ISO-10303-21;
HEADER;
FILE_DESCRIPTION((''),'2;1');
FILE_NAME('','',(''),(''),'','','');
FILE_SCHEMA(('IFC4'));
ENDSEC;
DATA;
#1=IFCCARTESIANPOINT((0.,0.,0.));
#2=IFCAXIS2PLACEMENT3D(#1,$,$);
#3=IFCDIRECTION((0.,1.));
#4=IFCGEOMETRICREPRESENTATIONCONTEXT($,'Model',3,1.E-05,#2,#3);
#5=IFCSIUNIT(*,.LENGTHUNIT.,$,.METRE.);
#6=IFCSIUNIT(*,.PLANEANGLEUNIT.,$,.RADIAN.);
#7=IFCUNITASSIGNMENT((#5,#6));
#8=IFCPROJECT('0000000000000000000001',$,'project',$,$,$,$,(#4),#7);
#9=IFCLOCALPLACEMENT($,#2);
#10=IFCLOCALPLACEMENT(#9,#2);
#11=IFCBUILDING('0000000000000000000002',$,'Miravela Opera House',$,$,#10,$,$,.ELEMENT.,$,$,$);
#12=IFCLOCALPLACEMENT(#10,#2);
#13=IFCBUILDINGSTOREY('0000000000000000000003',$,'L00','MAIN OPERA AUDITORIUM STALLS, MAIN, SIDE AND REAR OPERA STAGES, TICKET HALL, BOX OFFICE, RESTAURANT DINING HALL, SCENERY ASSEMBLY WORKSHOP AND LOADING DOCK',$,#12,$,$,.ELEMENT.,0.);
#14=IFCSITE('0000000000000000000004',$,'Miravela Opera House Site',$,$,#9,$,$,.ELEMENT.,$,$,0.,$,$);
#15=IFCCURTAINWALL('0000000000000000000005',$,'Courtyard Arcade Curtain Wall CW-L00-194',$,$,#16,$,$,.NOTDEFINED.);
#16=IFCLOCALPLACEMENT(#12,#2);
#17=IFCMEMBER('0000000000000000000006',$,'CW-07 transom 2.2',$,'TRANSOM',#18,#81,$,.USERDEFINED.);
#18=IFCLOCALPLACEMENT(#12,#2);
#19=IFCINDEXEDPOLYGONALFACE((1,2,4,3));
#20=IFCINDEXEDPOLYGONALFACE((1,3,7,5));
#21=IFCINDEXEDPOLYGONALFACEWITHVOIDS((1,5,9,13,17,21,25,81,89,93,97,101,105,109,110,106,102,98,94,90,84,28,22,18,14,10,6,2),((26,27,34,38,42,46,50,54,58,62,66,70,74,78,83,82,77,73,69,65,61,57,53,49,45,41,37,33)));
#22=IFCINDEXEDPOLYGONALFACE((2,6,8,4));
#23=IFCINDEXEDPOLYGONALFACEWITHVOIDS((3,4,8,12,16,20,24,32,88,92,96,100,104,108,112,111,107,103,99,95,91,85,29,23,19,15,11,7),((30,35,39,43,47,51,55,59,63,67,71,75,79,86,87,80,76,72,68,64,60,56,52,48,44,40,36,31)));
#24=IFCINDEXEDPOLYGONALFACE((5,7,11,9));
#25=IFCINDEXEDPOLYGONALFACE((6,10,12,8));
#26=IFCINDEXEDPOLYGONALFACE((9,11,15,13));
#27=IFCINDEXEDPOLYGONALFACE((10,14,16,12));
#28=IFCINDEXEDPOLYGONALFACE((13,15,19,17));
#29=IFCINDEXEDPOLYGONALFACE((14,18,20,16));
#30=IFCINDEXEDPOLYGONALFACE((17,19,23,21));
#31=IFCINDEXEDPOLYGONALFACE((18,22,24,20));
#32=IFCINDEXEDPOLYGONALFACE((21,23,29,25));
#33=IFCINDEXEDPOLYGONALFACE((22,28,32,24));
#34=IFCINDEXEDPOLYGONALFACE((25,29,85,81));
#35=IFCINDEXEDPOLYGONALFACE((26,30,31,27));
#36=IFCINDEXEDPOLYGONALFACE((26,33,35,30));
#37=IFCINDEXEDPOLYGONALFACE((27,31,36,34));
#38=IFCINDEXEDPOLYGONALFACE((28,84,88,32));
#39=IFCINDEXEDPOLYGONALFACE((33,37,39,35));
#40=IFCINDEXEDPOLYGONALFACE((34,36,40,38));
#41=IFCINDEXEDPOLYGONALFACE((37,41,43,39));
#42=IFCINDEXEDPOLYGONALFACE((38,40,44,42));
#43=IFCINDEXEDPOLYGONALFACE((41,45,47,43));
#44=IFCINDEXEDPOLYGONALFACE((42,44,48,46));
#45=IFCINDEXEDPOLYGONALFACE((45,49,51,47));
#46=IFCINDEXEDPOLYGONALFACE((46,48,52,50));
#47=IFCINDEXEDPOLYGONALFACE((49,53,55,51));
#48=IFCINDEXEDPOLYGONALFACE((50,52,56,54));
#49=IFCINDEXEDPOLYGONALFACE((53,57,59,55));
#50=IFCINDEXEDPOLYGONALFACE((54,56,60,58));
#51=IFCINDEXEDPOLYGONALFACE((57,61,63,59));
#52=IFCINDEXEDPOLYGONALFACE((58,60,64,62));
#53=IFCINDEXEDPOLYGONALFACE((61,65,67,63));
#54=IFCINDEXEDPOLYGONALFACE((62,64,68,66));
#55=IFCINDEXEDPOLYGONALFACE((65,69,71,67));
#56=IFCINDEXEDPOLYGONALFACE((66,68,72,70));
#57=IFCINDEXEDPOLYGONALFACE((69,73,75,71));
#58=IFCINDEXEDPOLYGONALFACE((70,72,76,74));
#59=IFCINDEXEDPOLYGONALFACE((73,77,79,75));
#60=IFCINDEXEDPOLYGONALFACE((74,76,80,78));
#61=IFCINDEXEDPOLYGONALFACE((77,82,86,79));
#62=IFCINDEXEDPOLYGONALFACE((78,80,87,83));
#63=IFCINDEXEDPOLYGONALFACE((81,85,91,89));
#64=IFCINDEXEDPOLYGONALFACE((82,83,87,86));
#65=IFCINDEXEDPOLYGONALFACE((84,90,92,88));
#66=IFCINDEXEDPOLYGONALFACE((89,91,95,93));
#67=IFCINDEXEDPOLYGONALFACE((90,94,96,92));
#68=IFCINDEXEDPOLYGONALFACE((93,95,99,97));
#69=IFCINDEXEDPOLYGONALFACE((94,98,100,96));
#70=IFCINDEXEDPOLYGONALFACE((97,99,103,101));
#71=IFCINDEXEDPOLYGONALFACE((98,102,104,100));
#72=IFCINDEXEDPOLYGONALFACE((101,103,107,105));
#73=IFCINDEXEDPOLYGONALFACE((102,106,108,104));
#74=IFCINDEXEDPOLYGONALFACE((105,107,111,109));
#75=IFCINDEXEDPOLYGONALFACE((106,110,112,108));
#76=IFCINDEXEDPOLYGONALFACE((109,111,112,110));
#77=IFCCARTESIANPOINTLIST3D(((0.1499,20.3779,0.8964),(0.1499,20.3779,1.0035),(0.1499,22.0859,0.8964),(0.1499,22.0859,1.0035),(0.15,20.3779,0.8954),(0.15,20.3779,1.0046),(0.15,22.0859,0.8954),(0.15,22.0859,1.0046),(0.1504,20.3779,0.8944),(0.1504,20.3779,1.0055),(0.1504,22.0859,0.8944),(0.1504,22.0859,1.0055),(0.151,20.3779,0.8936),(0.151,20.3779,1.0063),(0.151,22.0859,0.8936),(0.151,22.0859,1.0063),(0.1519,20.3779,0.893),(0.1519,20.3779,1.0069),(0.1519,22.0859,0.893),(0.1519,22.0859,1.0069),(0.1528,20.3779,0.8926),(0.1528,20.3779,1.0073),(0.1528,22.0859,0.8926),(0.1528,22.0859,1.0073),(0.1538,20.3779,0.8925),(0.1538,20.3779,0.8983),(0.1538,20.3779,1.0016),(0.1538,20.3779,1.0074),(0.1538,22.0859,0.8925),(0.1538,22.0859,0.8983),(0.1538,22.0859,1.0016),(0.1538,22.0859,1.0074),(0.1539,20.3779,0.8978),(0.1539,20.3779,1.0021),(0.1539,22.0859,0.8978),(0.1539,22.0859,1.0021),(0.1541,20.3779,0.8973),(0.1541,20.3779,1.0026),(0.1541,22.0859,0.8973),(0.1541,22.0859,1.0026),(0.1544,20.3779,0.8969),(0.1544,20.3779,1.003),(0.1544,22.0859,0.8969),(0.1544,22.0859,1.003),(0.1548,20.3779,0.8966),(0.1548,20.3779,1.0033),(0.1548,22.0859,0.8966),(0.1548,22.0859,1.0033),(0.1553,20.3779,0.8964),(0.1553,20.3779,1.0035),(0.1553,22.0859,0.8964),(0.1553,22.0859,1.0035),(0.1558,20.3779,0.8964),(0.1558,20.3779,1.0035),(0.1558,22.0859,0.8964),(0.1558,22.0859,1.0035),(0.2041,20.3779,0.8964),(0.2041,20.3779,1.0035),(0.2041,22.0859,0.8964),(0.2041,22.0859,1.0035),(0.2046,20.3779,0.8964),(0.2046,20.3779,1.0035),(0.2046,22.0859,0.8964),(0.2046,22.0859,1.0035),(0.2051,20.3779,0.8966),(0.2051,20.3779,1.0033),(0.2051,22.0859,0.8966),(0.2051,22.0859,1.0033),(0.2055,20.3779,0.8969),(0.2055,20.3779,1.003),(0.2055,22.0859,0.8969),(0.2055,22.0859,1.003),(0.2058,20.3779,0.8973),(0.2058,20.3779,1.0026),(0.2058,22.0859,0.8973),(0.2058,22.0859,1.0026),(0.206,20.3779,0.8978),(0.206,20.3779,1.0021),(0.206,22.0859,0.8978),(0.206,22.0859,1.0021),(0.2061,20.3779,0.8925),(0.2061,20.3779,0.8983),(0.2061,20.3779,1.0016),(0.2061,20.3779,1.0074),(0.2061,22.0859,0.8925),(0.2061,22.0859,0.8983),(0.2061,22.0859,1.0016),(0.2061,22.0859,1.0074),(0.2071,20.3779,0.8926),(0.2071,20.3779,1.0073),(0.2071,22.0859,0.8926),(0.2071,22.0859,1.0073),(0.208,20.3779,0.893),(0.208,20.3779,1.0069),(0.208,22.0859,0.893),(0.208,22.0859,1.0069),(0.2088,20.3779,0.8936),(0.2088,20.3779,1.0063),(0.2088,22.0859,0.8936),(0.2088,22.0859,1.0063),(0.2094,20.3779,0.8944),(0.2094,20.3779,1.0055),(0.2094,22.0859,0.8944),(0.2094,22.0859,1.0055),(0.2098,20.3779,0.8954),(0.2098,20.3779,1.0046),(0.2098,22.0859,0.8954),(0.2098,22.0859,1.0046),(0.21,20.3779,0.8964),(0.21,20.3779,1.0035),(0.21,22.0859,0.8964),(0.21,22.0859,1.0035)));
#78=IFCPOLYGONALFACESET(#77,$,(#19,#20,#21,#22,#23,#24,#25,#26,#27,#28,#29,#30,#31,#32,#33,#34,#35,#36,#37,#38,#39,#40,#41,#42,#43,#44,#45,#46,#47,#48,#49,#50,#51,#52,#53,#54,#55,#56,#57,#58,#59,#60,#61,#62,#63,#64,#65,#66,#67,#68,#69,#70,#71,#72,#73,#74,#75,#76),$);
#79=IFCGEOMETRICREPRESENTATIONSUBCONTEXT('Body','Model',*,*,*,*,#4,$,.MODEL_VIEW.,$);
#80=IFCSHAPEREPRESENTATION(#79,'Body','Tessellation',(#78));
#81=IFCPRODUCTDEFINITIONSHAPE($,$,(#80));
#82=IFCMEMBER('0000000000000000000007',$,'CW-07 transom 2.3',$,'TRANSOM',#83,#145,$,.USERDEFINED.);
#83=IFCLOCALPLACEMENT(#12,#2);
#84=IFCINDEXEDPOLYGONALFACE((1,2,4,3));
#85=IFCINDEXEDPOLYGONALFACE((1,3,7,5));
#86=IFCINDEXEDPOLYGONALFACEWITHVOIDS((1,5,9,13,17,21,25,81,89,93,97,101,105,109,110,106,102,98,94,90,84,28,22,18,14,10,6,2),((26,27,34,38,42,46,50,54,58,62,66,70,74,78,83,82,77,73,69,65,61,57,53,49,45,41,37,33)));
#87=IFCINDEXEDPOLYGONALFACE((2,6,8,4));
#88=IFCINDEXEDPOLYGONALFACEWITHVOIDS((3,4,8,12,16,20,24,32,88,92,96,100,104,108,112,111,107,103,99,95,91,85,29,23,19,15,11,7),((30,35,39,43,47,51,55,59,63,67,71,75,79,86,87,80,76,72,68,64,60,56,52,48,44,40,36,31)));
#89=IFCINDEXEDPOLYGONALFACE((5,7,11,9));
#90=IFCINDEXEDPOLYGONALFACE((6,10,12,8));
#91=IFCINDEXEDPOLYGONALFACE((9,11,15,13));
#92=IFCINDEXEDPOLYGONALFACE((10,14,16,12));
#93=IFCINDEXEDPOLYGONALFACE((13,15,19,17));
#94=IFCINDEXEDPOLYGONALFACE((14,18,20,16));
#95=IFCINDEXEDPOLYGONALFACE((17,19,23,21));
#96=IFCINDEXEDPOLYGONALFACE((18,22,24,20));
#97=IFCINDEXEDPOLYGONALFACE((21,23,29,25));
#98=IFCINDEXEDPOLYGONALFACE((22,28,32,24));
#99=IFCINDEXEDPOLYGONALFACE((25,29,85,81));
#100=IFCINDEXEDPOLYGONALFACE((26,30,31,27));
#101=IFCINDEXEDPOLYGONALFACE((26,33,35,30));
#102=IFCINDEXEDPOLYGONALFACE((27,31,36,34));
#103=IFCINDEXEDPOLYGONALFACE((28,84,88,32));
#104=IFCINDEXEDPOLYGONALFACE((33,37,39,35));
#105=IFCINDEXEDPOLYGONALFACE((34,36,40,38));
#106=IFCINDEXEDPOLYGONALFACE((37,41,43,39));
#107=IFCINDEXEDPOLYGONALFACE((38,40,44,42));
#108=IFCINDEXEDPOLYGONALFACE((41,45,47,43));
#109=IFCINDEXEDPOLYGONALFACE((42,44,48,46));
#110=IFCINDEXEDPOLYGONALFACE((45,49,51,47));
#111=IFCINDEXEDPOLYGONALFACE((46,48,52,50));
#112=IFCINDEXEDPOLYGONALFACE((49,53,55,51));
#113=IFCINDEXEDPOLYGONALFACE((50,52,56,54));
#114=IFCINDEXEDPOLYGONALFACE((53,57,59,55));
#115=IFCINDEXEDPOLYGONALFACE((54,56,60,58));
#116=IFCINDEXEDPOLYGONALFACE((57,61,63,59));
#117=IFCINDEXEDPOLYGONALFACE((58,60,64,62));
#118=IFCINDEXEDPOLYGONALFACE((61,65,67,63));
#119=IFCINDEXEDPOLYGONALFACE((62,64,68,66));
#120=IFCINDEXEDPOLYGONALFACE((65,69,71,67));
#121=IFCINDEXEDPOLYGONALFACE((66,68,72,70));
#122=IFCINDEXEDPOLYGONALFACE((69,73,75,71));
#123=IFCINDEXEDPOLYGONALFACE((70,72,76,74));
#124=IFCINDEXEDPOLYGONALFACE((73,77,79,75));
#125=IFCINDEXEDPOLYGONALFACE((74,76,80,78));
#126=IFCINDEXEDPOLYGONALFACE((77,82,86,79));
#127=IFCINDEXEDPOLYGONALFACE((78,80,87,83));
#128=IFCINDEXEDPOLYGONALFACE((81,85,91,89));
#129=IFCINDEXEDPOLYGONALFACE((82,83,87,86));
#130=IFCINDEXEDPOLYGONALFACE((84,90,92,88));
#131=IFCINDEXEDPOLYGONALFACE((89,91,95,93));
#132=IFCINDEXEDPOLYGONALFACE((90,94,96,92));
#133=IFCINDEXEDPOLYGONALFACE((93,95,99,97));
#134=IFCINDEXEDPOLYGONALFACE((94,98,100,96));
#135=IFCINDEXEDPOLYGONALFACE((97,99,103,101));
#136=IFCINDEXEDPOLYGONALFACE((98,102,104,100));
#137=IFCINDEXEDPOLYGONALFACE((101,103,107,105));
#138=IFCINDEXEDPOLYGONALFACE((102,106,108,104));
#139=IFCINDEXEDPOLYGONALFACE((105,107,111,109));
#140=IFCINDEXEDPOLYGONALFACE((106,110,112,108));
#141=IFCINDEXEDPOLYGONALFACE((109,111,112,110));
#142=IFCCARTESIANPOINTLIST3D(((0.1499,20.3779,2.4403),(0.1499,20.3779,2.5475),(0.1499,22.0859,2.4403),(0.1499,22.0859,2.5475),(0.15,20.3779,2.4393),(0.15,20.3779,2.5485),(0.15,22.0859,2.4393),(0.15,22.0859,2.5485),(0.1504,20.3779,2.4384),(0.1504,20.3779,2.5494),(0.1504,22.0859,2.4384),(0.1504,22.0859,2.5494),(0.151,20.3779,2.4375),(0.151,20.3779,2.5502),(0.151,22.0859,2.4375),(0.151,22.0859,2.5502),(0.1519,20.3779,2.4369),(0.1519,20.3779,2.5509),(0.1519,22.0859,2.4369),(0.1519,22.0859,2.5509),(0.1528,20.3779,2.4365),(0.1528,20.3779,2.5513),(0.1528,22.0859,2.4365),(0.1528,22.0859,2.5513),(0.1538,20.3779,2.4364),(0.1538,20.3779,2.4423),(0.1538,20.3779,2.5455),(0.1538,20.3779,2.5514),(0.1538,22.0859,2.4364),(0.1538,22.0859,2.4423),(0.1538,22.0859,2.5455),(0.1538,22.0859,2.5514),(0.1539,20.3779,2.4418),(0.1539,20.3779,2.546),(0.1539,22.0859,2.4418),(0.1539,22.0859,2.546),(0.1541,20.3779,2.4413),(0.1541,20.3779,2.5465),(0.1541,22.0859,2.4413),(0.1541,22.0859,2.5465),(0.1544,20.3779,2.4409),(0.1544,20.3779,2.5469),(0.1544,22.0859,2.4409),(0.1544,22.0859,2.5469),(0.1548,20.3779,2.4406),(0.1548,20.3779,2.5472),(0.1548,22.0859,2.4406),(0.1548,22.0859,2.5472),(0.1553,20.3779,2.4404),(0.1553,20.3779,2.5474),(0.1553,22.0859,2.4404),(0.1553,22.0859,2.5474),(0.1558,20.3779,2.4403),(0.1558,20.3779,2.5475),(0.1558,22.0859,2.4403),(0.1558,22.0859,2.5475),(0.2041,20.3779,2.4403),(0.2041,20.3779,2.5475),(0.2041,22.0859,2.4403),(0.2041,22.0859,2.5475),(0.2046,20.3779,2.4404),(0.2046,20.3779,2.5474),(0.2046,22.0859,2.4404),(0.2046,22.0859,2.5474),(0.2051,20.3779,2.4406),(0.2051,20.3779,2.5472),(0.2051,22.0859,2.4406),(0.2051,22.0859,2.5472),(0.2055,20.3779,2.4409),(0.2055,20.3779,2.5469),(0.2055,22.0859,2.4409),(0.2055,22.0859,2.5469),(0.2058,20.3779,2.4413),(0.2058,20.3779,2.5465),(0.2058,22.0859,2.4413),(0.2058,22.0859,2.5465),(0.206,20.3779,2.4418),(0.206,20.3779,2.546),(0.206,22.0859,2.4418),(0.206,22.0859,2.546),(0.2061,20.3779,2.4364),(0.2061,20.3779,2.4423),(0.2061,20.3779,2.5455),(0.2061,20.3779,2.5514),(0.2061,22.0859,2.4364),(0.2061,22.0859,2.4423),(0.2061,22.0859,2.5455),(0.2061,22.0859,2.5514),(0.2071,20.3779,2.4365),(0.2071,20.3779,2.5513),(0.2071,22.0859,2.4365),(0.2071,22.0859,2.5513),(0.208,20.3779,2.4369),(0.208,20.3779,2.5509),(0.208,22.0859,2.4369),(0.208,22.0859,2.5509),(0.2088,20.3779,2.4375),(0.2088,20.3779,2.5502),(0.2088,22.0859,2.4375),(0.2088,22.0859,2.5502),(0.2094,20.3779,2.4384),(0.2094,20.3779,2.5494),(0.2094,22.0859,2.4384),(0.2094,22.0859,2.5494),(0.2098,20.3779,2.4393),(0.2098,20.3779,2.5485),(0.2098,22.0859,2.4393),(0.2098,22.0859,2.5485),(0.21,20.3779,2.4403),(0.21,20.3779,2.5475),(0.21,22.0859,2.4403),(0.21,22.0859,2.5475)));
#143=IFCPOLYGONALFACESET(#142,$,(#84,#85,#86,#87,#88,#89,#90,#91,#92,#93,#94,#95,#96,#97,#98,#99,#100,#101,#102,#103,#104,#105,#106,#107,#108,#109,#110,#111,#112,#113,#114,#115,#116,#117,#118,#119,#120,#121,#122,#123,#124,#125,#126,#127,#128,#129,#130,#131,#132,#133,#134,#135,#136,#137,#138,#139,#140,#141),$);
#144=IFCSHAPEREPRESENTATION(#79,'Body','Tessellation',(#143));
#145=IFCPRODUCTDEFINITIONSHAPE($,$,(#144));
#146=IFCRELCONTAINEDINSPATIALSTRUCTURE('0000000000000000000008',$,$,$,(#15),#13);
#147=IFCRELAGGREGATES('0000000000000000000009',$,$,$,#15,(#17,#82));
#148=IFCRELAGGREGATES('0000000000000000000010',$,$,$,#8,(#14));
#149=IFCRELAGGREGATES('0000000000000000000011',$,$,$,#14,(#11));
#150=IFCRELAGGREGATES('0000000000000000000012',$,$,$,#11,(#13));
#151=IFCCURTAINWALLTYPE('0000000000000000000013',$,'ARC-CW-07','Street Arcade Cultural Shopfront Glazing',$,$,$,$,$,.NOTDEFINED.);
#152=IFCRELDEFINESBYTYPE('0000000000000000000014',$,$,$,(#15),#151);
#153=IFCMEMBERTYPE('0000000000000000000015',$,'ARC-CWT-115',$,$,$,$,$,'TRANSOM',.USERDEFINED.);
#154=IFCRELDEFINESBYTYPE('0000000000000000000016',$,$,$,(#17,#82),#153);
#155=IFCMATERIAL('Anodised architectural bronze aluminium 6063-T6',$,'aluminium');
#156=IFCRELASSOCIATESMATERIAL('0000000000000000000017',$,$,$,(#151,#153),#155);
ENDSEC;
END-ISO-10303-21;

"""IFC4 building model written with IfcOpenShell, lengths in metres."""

from ifc_helpers import new_model, si_unit, direction, frame, origin, origin_2d, place, context, subcontext, project, spatial, hollow_rectangle, extrude, material, material_profile, profile_set, type_object, element, aggregate, save


model = new_model("IFC4")

# Units and contexts
model_context = context("Model", 3, precision=1e-05, world=origin(), true_north=direction((0.0, 1.0)))
body_context = subcontext(model_context, "Body", "Model", "MODEL_VIEW")
ifc_project = project(units=[si_unit("LENGTHUNIT", "METRE"), si_unit("PLANEANGLEUNIT", "RADIAN")], contexts=[model_context])

# Site, building, storey
site_placement = place(None, origin())
site = spatial("IfcSite", under=ifc_project, at=site_placement, Name="Miravela Opera House Site", CompositionType="ELEMENT", RefElevation=0.0)
building_placement = place(site_placement, origin())
building = spatial("IfcBuilding", under=site, at=building_placement, Name="Miravela Opera House", CompositionType="ELEMENT")
storey_placement = place(building_placement, origin())
storey = spatial("IfcBuildingStorey", under=building, at=storey_placement, Name="L00", Description="MAIN OPERA AUDITORIUM STALLS, MAIN, SIDE AND REAR OPERA STAGES, TICKET HALL, BOX OFFICE, RESTAURANT DINING HALL, SCENERY ASSEMBLY WORKSHOP AND LOADING DOCK", CompositionType="ELEMENT", Elevation=0.0)

# Curtain wall, members
ifc_material_1 = material(Name="Anodised architectural bronze aluminium 6063-T6", Category="aluminium")
curtain_wall_type = type_object("IfcCurtainWallType", Name="ARC-CW-07", Description="Street Arcade Cultural Shopfront Glazing", PredefinedType="NOTDEFINED", material=ifc_material_1)
curtain_wall_placement = place(storey_placement, origin())
curtain_wall = element("IfcCurtainWall", 1, at=curtain_wall_placement, inside=storey, type_object=curtain_wall_type, Name="Courtyard Arcade Curtain Wall CW-L00-194", PredefinedType="NOTDEFINED")
ifc_material_profile_1 = material_profile(ifc_material_1, hollow_rectangle(XDim=0.0601, YDim=0.115, WallThickness=0.0039, InnerFilletRadius=0.002, OuterFilletRadius=0.0039, at=origin_2d()), Name="CWT-60X115")
ifc_profile_set_1 = profile_set([ifc_material_profile_1])
member_type_1 = type_object("IfcMemberType", Name="ARC-CWT-115", ElementType="TRANSOM", PredefinedType="USERDEFINED", material=ifc_profile_set_1)
member_1_placement = place(storey_placement, frame((0.1799, 20.3779, 0.95), z_axis=(0.0, 1.0, 0.0), x_axis=(-1.0, 0.0, 0.0)))
member_1 = element("IfcMember", 2, at=member_1_placement, type_object=member_type_1, Name="CW-07 transom 2.2", ObjectType="TRANSOM", PredefinedType="USERDEFINED", context=body_context, shape_type="SweptSolid", body=[
    extrude(hollow_rectangle(XDim=0.0601, YDim=0.115, WallThickness=0.0039, InnerFilletRadius=0.002, OuterFilletRadius=0.0039, at=origin_2d()), origin(), (0.0, 0.0, 1.0), 1.708),
])
member_2_placement = place(storey_placement, frame((0.1799, 20.3779, 2.4939), z_axis=(0.0, 1.0, 0.0), x_axis=(-1.0, 0.0, 0.0)))
member_2 = element("IfcMember", 3, at=member_2_placement, type_object=member_type_1, Name="CW-07 transom 2.3", ObjectType="TRANSOM", PredefinedType="USERDEFINED", context=body_context, shape_type="SweptSolid", body=[
    extrude(hollow_rectangle(XDim=0.0601, YDim=0.115, WallThickness=0.0039, InnerFilletRadius=0.002, OuterFilletRadius=0.0039, at=origin_2d()), origin(), (0.0, 0.0, 1.0), 1.708),
])

aggregate(curtain_wall, [member_1, member_2])

save(model, "model.ifc")
